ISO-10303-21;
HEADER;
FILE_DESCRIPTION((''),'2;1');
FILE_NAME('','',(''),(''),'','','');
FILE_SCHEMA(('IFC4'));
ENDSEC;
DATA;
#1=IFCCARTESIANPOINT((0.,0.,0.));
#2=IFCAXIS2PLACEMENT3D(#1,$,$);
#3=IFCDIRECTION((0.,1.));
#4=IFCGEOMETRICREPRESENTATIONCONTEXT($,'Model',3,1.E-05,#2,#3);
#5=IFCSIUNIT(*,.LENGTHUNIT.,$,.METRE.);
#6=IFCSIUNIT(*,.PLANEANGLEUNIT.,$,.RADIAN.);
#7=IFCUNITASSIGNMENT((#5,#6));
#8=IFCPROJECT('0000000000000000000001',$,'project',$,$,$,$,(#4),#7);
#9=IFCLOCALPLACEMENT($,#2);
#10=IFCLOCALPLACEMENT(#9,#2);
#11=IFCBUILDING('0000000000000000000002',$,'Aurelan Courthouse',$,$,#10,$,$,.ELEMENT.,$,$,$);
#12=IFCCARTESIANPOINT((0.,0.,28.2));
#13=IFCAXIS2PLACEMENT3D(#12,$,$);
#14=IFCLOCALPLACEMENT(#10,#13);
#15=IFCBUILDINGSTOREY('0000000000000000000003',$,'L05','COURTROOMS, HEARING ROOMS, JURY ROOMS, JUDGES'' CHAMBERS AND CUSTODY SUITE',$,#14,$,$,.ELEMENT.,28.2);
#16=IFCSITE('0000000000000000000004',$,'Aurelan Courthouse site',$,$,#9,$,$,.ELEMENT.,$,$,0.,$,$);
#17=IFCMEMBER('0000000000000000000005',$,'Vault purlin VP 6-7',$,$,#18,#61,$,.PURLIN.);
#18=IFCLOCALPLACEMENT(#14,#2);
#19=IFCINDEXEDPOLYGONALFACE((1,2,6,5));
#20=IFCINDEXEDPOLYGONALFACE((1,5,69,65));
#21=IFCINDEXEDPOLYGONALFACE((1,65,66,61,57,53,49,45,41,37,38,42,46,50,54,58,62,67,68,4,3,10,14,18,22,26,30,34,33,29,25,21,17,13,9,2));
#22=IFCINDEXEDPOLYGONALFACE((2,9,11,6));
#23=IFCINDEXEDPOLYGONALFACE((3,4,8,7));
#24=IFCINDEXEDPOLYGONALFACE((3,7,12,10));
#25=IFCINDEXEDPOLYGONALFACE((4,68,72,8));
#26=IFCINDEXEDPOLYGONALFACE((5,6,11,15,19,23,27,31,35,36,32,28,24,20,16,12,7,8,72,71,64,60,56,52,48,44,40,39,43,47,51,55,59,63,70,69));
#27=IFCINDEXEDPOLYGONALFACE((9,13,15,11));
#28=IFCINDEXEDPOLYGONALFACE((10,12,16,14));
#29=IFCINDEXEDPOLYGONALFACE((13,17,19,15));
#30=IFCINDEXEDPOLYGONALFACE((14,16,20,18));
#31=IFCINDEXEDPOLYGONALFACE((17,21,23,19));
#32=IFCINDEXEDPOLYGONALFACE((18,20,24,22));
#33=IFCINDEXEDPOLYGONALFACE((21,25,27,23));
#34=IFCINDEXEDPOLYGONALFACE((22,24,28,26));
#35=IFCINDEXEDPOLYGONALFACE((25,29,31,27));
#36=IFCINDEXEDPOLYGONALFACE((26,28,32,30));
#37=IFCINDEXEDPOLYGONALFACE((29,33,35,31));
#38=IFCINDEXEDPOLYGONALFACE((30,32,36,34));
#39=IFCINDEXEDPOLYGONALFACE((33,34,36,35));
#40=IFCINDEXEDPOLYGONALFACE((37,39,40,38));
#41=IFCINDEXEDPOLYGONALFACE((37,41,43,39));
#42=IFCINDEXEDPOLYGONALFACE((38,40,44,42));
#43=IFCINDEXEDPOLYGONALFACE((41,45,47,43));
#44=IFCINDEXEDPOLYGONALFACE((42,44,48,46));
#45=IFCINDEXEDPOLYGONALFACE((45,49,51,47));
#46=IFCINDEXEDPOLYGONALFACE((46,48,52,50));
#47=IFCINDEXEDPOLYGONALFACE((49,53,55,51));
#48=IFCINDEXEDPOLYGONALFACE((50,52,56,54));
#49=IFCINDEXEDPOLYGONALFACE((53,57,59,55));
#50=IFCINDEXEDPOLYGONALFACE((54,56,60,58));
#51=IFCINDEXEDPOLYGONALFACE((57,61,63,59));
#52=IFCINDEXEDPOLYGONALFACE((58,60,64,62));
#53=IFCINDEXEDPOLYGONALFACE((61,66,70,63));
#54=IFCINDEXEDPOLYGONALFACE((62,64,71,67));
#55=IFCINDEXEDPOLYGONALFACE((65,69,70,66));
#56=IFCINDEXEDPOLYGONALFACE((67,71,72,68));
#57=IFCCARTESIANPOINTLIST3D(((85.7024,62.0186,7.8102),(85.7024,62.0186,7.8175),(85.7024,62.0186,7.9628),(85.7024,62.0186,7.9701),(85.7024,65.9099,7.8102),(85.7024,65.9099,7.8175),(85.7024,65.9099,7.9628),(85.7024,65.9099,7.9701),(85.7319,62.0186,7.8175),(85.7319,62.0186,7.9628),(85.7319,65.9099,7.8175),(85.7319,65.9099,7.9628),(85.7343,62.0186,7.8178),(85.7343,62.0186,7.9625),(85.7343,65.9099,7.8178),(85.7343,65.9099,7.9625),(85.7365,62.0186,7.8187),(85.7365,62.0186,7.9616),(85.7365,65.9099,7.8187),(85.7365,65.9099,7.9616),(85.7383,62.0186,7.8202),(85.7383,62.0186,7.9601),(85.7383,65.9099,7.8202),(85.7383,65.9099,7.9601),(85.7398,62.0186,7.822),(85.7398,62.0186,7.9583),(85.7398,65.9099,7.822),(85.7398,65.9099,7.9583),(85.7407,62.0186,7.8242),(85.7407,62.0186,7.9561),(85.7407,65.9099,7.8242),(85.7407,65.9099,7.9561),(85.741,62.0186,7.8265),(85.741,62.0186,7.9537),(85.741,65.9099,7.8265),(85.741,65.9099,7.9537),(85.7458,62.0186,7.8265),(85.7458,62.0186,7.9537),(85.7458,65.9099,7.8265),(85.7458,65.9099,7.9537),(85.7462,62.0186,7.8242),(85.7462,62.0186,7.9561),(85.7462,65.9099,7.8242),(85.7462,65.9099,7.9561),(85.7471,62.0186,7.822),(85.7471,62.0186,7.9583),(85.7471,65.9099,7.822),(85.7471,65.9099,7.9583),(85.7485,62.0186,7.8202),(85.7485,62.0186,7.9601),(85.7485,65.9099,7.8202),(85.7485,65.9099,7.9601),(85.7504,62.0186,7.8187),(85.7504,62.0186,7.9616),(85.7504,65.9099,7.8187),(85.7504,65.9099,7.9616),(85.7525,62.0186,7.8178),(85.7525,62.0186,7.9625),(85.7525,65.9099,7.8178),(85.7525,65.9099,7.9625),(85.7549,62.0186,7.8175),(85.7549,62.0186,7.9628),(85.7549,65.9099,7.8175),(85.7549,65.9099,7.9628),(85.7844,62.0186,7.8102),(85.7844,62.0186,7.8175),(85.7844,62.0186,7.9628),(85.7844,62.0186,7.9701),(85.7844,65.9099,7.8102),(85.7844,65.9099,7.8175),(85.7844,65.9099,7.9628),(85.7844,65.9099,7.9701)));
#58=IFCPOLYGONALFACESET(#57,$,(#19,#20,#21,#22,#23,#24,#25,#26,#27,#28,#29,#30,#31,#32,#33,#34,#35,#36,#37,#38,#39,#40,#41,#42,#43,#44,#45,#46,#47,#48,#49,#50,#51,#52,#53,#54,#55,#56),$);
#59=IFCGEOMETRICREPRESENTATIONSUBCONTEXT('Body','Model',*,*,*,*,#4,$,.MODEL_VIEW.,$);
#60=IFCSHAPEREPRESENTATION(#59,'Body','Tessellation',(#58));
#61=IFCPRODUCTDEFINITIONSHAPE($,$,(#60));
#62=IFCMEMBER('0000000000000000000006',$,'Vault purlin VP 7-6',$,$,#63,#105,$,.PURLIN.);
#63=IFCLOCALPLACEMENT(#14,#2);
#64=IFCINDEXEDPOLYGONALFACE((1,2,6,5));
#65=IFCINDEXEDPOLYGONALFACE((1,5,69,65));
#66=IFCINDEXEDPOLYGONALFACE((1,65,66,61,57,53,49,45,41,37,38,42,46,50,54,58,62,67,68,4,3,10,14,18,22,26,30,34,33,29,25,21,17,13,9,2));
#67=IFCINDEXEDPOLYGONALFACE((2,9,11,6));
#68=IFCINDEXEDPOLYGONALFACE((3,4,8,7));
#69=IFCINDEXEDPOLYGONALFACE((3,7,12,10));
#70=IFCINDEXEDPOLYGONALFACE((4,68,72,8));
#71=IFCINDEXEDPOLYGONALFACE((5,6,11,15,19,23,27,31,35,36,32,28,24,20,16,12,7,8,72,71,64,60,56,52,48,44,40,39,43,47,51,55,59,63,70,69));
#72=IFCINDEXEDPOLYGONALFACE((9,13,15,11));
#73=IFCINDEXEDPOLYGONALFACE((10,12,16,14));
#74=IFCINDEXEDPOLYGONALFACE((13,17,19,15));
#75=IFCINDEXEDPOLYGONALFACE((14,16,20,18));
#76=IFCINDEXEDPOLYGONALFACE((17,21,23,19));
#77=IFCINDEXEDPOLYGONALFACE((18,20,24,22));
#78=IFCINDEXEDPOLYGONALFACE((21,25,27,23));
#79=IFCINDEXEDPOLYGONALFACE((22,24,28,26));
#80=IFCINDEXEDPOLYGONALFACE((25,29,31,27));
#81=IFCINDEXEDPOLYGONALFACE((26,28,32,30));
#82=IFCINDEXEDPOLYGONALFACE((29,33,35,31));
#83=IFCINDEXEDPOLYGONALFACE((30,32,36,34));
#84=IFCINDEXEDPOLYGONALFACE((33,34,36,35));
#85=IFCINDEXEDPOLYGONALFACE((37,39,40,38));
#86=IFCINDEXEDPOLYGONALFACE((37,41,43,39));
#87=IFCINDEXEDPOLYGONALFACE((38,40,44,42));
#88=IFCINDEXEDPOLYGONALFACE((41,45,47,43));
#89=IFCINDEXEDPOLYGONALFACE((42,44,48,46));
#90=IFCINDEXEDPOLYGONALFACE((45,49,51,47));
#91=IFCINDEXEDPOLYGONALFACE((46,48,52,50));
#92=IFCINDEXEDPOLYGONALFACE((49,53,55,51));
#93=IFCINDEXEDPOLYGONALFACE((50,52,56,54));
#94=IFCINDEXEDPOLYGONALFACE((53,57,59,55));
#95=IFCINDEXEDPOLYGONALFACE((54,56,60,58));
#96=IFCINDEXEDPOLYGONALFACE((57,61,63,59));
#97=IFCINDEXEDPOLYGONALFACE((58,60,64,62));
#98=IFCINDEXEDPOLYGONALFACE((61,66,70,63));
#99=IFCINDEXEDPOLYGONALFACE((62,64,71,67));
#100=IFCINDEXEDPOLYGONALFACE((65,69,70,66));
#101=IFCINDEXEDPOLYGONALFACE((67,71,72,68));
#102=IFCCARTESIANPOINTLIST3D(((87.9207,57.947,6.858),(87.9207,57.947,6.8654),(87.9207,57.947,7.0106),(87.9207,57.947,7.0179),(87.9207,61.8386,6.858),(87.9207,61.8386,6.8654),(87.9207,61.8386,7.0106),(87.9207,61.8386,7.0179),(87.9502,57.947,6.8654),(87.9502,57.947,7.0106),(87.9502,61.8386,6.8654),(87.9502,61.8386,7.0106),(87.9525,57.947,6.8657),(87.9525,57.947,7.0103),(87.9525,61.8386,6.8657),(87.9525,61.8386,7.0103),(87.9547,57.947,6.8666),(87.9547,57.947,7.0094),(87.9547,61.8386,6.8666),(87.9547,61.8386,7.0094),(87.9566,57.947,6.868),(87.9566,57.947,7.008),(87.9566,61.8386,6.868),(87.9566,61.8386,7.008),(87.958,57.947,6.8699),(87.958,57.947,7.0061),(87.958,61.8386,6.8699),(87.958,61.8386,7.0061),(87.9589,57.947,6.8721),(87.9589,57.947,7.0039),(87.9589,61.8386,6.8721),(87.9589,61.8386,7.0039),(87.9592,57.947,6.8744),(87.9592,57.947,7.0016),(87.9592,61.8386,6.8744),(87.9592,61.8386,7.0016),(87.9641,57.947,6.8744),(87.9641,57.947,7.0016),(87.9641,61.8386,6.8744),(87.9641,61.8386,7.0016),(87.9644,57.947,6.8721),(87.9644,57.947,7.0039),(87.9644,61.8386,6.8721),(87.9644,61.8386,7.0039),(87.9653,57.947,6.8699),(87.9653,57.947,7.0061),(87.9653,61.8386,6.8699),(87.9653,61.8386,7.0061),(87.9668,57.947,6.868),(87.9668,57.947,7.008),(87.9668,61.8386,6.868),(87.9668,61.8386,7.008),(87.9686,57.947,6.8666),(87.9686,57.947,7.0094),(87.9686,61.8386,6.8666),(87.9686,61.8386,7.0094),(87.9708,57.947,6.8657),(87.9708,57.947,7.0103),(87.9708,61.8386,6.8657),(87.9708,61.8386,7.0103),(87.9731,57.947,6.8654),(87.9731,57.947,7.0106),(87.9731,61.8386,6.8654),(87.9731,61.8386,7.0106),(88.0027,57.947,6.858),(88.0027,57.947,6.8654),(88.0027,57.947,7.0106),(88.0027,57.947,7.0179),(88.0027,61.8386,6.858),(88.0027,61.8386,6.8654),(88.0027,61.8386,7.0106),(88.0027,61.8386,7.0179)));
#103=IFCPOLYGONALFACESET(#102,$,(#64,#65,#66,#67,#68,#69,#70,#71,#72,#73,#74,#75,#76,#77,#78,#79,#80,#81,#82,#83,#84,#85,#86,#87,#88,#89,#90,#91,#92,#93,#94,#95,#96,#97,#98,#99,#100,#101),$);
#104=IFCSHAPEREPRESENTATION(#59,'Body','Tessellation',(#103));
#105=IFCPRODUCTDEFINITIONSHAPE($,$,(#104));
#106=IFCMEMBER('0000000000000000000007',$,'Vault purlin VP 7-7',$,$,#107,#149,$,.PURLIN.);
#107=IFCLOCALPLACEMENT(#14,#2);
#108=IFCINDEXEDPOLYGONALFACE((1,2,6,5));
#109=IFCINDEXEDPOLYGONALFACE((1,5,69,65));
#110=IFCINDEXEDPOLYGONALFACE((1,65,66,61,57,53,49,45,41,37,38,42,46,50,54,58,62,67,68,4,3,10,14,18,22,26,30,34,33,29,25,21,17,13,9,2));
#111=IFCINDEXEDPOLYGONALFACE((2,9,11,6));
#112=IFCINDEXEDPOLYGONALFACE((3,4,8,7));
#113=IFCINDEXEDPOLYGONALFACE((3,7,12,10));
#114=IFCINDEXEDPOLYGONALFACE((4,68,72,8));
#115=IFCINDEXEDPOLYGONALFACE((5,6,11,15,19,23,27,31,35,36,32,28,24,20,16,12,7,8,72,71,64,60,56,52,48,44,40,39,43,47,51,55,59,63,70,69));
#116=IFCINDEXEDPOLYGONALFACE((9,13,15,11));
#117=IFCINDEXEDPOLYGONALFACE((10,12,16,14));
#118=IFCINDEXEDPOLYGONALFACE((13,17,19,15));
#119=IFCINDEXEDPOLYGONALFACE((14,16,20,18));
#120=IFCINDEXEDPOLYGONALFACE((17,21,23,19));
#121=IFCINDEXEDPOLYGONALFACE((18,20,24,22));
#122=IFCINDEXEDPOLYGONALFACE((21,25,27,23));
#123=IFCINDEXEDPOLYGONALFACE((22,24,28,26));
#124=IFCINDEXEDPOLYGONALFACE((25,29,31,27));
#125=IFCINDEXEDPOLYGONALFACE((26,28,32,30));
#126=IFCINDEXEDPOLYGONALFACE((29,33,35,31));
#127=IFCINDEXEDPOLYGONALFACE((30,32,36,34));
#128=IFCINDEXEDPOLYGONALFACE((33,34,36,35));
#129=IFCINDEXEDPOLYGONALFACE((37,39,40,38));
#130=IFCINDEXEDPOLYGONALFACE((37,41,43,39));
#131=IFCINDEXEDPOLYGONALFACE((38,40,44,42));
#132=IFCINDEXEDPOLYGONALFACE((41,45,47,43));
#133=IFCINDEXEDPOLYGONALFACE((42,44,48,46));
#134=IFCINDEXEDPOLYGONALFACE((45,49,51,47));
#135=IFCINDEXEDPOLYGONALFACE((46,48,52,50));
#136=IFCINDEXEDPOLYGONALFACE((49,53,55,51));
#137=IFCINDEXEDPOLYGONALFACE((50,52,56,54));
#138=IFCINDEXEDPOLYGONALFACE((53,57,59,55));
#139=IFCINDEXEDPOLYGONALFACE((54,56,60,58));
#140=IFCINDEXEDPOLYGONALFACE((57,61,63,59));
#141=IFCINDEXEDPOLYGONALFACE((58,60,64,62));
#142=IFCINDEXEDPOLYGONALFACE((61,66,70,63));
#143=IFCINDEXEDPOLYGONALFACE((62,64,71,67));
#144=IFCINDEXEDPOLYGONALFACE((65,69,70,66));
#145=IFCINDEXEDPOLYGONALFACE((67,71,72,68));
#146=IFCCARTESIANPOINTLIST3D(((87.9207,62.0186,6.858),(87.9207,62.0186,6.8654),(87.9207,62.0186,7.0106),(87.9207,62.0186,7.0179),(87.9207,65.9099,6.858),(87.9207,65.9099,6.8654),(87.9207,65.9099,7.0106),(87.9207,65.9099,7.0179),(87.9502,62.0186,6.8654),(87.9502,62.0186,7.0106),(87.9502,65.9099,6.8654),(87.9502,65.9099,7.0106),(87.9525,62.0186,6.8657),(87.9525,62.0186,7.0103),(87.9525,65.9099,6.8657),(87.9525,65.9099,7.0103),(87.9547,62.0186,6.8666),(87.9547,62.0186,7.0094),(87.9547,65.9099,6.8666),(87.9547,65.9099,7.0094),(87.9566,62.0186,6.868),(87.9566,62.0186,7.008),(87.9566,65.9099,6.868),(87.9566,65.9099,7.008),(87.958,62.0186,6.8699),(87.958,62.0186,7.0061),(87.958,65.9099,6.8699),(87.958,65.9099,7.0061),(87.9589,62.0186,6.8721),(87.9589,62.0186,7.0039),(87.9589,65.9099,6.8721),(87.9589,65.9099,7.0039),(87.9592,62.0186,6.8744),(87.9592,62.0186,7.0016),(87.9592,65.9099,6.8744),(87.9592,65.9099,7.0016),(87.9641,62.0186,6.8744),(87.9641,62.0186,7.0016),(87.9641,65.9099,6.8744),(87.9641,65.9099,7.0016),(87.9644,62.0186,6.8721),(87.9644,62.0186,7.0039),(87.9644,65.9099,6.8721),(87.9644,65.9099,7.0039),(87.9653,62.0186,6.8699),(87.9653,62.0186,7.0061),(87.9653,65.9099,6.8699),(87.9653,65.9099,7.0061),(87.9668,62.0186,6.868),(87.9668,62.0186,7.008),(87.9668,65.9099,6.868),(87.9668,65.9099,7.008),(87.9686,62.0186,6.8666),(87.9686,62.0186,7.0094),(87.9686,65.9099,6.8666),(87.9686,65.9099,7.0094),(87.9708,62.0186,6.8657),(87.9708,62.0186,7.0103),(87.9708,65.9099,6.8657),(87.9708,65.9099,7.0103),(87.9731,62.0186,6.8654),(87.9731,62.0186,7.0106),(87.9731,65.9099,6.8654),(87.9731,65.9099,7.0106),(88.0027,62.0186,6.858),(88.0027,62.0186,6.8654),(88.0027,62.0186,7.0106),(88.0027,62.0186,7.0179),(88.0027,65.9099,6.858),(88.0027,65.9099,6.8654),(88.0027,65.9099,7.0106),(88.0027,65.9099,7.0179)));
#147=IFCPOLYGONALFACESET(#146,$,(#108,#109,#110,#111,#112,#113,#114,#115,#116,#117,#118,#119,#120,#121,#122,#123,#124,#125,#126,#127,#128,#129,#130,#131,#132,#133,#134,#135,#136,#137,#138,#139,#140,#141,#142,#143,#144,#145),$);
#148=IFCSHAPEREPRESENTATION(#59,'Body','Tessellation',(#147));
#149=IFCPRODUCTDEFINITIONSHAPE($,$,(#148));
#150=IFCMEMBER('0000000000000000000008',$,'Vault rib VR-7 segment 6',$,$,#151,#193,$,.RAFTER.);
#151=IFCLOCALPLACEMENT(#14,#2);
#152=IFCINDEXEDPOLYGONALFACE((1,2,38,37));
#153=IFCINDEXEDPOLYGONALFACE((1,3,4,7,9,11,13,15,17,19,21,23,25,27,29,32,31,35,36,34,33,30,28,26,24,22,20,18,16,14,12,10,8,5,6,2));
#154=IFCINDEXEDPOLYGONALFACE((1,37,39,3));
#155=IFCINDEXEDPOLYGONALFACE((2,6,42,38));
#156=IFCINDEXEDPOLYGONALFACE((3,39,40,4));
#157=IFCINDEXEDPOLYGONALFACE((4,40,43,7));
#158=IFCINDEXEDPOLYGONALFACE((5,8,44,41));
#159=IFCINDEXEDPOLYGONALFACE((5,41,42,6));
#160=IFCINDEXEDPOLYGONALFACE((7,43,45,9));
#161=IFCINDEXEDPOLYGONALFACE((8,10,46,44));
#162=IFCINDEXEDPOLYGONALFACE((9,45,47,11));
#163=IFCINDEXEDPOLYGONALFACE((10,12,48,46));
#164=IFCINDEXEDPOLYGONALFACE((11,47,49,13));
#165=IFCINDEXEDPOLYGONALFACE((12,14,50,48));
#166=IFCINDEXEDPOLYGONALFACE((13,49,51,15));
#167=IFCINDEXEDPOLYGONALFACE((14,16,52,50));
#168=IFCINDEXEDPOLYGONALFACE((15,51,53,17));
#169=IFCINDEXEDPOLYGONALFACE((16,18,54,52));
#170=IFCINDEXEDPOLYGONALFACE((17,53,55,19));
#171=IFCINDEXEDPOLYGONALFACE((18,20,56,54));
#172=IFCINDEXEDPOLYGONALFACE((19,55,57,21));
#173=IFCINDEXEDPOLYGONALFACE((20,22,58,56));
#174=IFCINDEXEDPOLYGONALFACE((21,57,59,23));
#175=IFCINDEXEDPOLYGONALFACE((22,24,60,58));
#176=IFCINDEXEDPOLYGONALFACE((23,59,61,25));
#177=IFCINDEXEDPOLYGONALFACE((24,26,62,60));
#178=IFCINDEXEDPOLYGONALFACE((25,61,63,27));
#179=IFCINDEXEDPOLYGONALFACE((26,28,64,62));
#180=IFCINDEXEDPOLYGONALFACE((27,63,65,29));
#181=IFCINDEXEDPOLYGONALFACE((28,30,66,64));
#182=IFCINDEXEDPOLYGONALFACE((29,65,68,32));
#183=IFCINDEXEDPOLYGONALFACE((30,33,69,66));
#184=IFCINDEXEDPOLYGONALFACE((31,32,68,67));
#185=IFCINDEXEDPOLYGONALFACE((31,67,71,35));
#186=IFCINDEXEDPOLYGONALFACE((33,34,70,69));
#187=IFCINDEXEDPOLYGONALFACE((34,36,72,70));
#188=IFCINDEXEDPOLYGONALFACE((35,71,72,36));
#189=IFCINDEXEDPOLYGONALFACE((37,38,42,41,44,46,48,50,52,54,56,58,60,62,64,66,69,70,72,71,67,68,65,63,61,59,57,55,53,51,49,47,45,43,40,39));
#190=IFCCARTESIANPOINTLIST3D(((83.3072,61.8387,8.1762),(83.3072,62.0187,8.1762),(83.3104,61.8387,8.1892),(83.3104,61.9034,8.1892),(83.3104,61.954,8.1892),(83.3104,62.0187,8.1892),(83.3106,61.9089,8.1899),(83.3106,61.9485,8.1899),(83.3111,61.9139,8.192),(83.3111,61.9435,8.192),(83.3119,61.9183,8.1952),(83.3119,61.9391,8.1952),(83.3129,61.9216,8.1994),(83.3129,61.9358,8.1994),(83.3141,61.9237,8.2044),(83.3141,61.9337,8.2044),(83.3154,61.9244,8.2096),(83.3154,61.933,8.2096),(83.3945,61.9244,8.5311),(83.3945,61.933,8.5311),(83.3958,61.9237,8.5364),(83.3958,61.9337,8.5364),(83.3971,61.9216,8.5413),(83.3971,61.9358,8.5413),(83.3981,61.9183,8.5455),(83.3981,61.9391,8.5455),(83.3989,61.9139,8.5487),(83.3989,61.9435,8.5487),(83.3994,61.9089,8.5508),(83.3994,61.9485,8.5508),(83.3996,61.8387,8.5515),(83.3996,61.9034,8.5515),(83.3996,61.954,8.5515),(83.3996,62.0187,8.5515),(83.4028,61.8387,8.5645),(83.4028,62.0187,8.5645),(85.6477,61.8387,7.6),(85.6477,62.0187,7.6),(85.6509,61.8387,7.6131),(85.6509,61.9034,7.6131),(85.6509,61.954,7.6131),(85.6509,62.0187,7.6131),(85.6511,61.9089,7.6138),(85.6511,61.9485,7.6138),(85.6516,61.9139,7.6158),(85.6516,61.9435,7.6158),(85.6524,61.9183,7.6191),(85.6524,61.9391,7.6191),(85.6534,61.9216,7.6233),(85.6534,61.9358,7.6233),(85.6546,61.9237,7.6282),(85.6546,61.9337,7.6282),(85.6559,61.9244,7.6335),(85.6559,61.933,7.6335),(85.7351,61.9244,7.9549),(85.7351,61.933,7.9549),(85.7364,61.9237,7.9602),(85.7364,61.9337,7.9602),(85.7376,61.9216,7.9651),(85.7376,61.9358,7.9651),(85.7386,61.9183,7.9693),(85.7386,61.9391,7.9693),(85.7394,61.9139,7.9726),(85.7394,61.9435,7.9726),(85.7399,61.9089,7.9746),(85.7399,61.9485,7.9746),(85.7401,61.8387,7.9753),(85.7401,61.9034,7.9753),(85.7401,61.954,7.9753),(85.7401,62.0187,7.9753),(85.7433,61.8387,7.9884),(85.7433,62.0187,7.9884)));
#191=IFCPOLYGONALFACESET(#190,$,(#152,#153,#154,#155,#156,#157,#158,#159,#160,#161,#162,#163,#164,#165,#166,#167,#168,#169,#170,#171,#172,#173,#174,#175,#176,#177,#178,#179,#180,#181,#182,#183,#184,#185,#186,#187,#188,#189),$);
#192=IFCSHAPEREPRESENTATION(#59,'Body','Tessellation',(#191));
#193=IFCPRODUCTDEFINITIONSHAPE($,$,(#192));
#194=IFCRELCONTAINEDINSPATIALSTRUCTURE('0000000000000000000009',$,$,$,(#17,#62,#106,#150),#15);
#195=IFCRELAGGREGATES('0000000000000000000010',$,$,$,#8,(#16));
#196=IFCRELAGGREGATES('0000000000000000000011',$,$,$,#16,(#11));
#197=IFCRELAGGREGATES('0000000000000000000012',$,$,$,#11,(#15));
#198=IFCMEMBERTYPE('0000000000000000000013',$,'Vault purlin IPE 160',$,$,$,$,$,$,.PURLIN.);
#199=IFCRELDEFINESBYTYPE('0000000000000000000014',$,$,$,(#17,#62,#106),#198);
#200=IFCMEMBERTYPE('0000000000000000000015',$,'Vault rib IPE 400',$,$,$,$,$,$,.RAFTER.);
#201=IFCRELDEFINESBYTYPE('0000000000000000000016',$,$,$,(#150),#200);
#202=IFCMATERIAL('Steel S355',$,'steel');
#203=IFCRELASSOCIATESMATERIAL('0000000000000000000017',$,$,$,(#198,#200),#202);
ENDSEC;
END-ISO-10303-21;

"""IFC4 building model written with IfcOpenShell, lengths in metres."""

from ifc_helpers import new_model, si_unit, direction, frame, origin, origin_2d, place, context, subcontext, project, spatial, i_section, extrude, material, material_profile, profile_set, type_object, element, save


model = new_model("IFC4")

# Units and contexts
model_context = context("Model", 3, precision=1e-05, world=origin(), true_north=direction((0.0, 1.0)))
body_context = subcontext(model_context, "Body", "Model", "MODEL_VIEW")
ifc_project = project(units=[si_unit("LENGTHUNIT", "METRE"), si_unit("PLANEANGLEUNIT", "RADIAN")], contexts=[model_context])

# Site, building, storey
site_placement = place(None, origin())
site = spatial("IfcSite", under=ifc_project, at=site_placement, Name="Aurelan Courthouse site", CompositionType="ELEMENT", RefElevation=0.0)
building_placement = place(site_placement, origin())
building = spatial("IfcBuilding", under=site, at=building_placement, Name="Aurelan Courthouse", CompositionType="ELEMENT")
storey_placement = place(building_placement, frame((0.0, 0.0, 28.2)))
storey = spatial("IfcBuildingStorey", under=building, at=storey_placement, Name="L05", Description="COURTROOMS, HEARING ROOMS, JURY ROOMS, JUDGES' CHAMBERS AND CUSTODY SUITE", CompositionType="ELEMENT", Elevation=28.2)

# Shared definitions
ifc_material_1 = material(Name="Steel S355", Category="steel")

# Members
ifc_material_profile_1 = material_profile(ifc_material_1, i_section(OverallWidth=0.082, OverallDepth=0.1599, WebThickness=0.0049, FlangeThickness=0.0073, FilletRadius=0.009, at=origin_2d()), Name="IPE 160")
ifc_profile_set_1 = profile_set([ifc_material_profile_1], Name="Steel S355")
member_type_1 = type_object("IfcMemberType", Name="Vault purlin IPE 160", PredefinedType="PURLIN", material=ifc_profile_set_1)
member_1_placement = place(storey_placement, frame((85.7434, 62.0186, 7.8901), z_axis=(0.0, 1.0, 0.0), x_axis=(-1.0, 0.0, 0.0)))
element("IfcMember", 1, at=member_1_placement, inside=storey, type_object=member_type_1, Name="Vault purlin VP 6-7", PredefinedType="PURLIN", context=body_context, shape_type="SweptSolid", body=[
    extrude(i_section(OverallWidth=0.082, OverallDepth=0.1599, WebThickness=0.0049, FlangeThickness=0.0073, FilletRadius=0.009, at=origin_2d()), origin(), (0.0, 0.0, 1.0), 3.8914),
])
member_2_placement = place(storey_placement, frame((87.9617, 57.947, 6.938), z_axis=(0.0, 1.0, 0.0), x_axis=(-1.0, 0.0, 0.0)))
element("IfcMember", 2, at=member_2_placement, inside=storey, type_object=member_type_1, Name="Vault purlin VP 7-6", PredefinedType="PURLIN", context=body_context, shape_type="SweptSolid", body=[
    extrude(i_section(OverallWidth=0.082, OverallDepth=0.1599, WebThickness=0.0049, FlangeThickness=0.0073, FilletRadius=0.009, at=origin_2d()), origin(), (0.0, 0.0, 1.0), 3.8916),
])
member_3_placement = place(storey_placement, frame((87.9617, 62.0186, 6.938), z_axis=(0.0, 1.0, 0.0), x_axis=(-1.0, 0.0, 0.0)))
element("IfcMember", 3, at=member_3_placement, inside=storey, type_object=member_type_1, Name="Vault purlin VP 7-7", PredefinedType="PURLIN", context=body_context, shape_type="SweptSolid", body=[
    extrude(i_section(OverallWidth=0.082, OverallDepth=0.1599, WebThickness=0.0049, FlangeThickness=0.0073, FilletRadius=0.009, at=origin_2d()), origin(), (0.0, 0.0, 1.0), 3.8914),
])
ifc_material_profile_2 = material_profile(ifc_material_1, i_section(OverallWidth=0.1799, OverallDepth=0.3999, WebThickness=0.0085, FlangeThickness=0.0134, FilletRadius=0.021, at=origin_2d()), Name="IPE 400")
ifc_profile_set_2 = profile_set([ifc_material_profile_2], Name="Steel S355")
member_type_2 = type_object("IfcMemberType", Name="Vault rib IPE 400", PredefinedType="RAFTER", material=ifc_profile_set_2)
member_4_placement = place(storey_placement, frame((83.355, 61.9287, 8.3704), z_axis=(0.971012, 0.0, -0.239031), x_axis=(0.0, 1.0, 0.0)))
element("IfcMember", 4, at=member_4_placement, inside=storey, type_object=member_type_2, Name="Vault rib VR-7 segment 6", PredefinedType="RAFTER", context=body_context, shape_type="SweptSolid", body=[
    extrude(i_section(OverallWidth=0.1799, OverallDepth=0.3999, WebThickness=0.0085, FlangeThickness=0.0134, FilletRadius=0.021, at=origin_2d()), origin(), (0.0, 0.0, 1.0), 2.4104),
])

save(model, "model.ifc")
